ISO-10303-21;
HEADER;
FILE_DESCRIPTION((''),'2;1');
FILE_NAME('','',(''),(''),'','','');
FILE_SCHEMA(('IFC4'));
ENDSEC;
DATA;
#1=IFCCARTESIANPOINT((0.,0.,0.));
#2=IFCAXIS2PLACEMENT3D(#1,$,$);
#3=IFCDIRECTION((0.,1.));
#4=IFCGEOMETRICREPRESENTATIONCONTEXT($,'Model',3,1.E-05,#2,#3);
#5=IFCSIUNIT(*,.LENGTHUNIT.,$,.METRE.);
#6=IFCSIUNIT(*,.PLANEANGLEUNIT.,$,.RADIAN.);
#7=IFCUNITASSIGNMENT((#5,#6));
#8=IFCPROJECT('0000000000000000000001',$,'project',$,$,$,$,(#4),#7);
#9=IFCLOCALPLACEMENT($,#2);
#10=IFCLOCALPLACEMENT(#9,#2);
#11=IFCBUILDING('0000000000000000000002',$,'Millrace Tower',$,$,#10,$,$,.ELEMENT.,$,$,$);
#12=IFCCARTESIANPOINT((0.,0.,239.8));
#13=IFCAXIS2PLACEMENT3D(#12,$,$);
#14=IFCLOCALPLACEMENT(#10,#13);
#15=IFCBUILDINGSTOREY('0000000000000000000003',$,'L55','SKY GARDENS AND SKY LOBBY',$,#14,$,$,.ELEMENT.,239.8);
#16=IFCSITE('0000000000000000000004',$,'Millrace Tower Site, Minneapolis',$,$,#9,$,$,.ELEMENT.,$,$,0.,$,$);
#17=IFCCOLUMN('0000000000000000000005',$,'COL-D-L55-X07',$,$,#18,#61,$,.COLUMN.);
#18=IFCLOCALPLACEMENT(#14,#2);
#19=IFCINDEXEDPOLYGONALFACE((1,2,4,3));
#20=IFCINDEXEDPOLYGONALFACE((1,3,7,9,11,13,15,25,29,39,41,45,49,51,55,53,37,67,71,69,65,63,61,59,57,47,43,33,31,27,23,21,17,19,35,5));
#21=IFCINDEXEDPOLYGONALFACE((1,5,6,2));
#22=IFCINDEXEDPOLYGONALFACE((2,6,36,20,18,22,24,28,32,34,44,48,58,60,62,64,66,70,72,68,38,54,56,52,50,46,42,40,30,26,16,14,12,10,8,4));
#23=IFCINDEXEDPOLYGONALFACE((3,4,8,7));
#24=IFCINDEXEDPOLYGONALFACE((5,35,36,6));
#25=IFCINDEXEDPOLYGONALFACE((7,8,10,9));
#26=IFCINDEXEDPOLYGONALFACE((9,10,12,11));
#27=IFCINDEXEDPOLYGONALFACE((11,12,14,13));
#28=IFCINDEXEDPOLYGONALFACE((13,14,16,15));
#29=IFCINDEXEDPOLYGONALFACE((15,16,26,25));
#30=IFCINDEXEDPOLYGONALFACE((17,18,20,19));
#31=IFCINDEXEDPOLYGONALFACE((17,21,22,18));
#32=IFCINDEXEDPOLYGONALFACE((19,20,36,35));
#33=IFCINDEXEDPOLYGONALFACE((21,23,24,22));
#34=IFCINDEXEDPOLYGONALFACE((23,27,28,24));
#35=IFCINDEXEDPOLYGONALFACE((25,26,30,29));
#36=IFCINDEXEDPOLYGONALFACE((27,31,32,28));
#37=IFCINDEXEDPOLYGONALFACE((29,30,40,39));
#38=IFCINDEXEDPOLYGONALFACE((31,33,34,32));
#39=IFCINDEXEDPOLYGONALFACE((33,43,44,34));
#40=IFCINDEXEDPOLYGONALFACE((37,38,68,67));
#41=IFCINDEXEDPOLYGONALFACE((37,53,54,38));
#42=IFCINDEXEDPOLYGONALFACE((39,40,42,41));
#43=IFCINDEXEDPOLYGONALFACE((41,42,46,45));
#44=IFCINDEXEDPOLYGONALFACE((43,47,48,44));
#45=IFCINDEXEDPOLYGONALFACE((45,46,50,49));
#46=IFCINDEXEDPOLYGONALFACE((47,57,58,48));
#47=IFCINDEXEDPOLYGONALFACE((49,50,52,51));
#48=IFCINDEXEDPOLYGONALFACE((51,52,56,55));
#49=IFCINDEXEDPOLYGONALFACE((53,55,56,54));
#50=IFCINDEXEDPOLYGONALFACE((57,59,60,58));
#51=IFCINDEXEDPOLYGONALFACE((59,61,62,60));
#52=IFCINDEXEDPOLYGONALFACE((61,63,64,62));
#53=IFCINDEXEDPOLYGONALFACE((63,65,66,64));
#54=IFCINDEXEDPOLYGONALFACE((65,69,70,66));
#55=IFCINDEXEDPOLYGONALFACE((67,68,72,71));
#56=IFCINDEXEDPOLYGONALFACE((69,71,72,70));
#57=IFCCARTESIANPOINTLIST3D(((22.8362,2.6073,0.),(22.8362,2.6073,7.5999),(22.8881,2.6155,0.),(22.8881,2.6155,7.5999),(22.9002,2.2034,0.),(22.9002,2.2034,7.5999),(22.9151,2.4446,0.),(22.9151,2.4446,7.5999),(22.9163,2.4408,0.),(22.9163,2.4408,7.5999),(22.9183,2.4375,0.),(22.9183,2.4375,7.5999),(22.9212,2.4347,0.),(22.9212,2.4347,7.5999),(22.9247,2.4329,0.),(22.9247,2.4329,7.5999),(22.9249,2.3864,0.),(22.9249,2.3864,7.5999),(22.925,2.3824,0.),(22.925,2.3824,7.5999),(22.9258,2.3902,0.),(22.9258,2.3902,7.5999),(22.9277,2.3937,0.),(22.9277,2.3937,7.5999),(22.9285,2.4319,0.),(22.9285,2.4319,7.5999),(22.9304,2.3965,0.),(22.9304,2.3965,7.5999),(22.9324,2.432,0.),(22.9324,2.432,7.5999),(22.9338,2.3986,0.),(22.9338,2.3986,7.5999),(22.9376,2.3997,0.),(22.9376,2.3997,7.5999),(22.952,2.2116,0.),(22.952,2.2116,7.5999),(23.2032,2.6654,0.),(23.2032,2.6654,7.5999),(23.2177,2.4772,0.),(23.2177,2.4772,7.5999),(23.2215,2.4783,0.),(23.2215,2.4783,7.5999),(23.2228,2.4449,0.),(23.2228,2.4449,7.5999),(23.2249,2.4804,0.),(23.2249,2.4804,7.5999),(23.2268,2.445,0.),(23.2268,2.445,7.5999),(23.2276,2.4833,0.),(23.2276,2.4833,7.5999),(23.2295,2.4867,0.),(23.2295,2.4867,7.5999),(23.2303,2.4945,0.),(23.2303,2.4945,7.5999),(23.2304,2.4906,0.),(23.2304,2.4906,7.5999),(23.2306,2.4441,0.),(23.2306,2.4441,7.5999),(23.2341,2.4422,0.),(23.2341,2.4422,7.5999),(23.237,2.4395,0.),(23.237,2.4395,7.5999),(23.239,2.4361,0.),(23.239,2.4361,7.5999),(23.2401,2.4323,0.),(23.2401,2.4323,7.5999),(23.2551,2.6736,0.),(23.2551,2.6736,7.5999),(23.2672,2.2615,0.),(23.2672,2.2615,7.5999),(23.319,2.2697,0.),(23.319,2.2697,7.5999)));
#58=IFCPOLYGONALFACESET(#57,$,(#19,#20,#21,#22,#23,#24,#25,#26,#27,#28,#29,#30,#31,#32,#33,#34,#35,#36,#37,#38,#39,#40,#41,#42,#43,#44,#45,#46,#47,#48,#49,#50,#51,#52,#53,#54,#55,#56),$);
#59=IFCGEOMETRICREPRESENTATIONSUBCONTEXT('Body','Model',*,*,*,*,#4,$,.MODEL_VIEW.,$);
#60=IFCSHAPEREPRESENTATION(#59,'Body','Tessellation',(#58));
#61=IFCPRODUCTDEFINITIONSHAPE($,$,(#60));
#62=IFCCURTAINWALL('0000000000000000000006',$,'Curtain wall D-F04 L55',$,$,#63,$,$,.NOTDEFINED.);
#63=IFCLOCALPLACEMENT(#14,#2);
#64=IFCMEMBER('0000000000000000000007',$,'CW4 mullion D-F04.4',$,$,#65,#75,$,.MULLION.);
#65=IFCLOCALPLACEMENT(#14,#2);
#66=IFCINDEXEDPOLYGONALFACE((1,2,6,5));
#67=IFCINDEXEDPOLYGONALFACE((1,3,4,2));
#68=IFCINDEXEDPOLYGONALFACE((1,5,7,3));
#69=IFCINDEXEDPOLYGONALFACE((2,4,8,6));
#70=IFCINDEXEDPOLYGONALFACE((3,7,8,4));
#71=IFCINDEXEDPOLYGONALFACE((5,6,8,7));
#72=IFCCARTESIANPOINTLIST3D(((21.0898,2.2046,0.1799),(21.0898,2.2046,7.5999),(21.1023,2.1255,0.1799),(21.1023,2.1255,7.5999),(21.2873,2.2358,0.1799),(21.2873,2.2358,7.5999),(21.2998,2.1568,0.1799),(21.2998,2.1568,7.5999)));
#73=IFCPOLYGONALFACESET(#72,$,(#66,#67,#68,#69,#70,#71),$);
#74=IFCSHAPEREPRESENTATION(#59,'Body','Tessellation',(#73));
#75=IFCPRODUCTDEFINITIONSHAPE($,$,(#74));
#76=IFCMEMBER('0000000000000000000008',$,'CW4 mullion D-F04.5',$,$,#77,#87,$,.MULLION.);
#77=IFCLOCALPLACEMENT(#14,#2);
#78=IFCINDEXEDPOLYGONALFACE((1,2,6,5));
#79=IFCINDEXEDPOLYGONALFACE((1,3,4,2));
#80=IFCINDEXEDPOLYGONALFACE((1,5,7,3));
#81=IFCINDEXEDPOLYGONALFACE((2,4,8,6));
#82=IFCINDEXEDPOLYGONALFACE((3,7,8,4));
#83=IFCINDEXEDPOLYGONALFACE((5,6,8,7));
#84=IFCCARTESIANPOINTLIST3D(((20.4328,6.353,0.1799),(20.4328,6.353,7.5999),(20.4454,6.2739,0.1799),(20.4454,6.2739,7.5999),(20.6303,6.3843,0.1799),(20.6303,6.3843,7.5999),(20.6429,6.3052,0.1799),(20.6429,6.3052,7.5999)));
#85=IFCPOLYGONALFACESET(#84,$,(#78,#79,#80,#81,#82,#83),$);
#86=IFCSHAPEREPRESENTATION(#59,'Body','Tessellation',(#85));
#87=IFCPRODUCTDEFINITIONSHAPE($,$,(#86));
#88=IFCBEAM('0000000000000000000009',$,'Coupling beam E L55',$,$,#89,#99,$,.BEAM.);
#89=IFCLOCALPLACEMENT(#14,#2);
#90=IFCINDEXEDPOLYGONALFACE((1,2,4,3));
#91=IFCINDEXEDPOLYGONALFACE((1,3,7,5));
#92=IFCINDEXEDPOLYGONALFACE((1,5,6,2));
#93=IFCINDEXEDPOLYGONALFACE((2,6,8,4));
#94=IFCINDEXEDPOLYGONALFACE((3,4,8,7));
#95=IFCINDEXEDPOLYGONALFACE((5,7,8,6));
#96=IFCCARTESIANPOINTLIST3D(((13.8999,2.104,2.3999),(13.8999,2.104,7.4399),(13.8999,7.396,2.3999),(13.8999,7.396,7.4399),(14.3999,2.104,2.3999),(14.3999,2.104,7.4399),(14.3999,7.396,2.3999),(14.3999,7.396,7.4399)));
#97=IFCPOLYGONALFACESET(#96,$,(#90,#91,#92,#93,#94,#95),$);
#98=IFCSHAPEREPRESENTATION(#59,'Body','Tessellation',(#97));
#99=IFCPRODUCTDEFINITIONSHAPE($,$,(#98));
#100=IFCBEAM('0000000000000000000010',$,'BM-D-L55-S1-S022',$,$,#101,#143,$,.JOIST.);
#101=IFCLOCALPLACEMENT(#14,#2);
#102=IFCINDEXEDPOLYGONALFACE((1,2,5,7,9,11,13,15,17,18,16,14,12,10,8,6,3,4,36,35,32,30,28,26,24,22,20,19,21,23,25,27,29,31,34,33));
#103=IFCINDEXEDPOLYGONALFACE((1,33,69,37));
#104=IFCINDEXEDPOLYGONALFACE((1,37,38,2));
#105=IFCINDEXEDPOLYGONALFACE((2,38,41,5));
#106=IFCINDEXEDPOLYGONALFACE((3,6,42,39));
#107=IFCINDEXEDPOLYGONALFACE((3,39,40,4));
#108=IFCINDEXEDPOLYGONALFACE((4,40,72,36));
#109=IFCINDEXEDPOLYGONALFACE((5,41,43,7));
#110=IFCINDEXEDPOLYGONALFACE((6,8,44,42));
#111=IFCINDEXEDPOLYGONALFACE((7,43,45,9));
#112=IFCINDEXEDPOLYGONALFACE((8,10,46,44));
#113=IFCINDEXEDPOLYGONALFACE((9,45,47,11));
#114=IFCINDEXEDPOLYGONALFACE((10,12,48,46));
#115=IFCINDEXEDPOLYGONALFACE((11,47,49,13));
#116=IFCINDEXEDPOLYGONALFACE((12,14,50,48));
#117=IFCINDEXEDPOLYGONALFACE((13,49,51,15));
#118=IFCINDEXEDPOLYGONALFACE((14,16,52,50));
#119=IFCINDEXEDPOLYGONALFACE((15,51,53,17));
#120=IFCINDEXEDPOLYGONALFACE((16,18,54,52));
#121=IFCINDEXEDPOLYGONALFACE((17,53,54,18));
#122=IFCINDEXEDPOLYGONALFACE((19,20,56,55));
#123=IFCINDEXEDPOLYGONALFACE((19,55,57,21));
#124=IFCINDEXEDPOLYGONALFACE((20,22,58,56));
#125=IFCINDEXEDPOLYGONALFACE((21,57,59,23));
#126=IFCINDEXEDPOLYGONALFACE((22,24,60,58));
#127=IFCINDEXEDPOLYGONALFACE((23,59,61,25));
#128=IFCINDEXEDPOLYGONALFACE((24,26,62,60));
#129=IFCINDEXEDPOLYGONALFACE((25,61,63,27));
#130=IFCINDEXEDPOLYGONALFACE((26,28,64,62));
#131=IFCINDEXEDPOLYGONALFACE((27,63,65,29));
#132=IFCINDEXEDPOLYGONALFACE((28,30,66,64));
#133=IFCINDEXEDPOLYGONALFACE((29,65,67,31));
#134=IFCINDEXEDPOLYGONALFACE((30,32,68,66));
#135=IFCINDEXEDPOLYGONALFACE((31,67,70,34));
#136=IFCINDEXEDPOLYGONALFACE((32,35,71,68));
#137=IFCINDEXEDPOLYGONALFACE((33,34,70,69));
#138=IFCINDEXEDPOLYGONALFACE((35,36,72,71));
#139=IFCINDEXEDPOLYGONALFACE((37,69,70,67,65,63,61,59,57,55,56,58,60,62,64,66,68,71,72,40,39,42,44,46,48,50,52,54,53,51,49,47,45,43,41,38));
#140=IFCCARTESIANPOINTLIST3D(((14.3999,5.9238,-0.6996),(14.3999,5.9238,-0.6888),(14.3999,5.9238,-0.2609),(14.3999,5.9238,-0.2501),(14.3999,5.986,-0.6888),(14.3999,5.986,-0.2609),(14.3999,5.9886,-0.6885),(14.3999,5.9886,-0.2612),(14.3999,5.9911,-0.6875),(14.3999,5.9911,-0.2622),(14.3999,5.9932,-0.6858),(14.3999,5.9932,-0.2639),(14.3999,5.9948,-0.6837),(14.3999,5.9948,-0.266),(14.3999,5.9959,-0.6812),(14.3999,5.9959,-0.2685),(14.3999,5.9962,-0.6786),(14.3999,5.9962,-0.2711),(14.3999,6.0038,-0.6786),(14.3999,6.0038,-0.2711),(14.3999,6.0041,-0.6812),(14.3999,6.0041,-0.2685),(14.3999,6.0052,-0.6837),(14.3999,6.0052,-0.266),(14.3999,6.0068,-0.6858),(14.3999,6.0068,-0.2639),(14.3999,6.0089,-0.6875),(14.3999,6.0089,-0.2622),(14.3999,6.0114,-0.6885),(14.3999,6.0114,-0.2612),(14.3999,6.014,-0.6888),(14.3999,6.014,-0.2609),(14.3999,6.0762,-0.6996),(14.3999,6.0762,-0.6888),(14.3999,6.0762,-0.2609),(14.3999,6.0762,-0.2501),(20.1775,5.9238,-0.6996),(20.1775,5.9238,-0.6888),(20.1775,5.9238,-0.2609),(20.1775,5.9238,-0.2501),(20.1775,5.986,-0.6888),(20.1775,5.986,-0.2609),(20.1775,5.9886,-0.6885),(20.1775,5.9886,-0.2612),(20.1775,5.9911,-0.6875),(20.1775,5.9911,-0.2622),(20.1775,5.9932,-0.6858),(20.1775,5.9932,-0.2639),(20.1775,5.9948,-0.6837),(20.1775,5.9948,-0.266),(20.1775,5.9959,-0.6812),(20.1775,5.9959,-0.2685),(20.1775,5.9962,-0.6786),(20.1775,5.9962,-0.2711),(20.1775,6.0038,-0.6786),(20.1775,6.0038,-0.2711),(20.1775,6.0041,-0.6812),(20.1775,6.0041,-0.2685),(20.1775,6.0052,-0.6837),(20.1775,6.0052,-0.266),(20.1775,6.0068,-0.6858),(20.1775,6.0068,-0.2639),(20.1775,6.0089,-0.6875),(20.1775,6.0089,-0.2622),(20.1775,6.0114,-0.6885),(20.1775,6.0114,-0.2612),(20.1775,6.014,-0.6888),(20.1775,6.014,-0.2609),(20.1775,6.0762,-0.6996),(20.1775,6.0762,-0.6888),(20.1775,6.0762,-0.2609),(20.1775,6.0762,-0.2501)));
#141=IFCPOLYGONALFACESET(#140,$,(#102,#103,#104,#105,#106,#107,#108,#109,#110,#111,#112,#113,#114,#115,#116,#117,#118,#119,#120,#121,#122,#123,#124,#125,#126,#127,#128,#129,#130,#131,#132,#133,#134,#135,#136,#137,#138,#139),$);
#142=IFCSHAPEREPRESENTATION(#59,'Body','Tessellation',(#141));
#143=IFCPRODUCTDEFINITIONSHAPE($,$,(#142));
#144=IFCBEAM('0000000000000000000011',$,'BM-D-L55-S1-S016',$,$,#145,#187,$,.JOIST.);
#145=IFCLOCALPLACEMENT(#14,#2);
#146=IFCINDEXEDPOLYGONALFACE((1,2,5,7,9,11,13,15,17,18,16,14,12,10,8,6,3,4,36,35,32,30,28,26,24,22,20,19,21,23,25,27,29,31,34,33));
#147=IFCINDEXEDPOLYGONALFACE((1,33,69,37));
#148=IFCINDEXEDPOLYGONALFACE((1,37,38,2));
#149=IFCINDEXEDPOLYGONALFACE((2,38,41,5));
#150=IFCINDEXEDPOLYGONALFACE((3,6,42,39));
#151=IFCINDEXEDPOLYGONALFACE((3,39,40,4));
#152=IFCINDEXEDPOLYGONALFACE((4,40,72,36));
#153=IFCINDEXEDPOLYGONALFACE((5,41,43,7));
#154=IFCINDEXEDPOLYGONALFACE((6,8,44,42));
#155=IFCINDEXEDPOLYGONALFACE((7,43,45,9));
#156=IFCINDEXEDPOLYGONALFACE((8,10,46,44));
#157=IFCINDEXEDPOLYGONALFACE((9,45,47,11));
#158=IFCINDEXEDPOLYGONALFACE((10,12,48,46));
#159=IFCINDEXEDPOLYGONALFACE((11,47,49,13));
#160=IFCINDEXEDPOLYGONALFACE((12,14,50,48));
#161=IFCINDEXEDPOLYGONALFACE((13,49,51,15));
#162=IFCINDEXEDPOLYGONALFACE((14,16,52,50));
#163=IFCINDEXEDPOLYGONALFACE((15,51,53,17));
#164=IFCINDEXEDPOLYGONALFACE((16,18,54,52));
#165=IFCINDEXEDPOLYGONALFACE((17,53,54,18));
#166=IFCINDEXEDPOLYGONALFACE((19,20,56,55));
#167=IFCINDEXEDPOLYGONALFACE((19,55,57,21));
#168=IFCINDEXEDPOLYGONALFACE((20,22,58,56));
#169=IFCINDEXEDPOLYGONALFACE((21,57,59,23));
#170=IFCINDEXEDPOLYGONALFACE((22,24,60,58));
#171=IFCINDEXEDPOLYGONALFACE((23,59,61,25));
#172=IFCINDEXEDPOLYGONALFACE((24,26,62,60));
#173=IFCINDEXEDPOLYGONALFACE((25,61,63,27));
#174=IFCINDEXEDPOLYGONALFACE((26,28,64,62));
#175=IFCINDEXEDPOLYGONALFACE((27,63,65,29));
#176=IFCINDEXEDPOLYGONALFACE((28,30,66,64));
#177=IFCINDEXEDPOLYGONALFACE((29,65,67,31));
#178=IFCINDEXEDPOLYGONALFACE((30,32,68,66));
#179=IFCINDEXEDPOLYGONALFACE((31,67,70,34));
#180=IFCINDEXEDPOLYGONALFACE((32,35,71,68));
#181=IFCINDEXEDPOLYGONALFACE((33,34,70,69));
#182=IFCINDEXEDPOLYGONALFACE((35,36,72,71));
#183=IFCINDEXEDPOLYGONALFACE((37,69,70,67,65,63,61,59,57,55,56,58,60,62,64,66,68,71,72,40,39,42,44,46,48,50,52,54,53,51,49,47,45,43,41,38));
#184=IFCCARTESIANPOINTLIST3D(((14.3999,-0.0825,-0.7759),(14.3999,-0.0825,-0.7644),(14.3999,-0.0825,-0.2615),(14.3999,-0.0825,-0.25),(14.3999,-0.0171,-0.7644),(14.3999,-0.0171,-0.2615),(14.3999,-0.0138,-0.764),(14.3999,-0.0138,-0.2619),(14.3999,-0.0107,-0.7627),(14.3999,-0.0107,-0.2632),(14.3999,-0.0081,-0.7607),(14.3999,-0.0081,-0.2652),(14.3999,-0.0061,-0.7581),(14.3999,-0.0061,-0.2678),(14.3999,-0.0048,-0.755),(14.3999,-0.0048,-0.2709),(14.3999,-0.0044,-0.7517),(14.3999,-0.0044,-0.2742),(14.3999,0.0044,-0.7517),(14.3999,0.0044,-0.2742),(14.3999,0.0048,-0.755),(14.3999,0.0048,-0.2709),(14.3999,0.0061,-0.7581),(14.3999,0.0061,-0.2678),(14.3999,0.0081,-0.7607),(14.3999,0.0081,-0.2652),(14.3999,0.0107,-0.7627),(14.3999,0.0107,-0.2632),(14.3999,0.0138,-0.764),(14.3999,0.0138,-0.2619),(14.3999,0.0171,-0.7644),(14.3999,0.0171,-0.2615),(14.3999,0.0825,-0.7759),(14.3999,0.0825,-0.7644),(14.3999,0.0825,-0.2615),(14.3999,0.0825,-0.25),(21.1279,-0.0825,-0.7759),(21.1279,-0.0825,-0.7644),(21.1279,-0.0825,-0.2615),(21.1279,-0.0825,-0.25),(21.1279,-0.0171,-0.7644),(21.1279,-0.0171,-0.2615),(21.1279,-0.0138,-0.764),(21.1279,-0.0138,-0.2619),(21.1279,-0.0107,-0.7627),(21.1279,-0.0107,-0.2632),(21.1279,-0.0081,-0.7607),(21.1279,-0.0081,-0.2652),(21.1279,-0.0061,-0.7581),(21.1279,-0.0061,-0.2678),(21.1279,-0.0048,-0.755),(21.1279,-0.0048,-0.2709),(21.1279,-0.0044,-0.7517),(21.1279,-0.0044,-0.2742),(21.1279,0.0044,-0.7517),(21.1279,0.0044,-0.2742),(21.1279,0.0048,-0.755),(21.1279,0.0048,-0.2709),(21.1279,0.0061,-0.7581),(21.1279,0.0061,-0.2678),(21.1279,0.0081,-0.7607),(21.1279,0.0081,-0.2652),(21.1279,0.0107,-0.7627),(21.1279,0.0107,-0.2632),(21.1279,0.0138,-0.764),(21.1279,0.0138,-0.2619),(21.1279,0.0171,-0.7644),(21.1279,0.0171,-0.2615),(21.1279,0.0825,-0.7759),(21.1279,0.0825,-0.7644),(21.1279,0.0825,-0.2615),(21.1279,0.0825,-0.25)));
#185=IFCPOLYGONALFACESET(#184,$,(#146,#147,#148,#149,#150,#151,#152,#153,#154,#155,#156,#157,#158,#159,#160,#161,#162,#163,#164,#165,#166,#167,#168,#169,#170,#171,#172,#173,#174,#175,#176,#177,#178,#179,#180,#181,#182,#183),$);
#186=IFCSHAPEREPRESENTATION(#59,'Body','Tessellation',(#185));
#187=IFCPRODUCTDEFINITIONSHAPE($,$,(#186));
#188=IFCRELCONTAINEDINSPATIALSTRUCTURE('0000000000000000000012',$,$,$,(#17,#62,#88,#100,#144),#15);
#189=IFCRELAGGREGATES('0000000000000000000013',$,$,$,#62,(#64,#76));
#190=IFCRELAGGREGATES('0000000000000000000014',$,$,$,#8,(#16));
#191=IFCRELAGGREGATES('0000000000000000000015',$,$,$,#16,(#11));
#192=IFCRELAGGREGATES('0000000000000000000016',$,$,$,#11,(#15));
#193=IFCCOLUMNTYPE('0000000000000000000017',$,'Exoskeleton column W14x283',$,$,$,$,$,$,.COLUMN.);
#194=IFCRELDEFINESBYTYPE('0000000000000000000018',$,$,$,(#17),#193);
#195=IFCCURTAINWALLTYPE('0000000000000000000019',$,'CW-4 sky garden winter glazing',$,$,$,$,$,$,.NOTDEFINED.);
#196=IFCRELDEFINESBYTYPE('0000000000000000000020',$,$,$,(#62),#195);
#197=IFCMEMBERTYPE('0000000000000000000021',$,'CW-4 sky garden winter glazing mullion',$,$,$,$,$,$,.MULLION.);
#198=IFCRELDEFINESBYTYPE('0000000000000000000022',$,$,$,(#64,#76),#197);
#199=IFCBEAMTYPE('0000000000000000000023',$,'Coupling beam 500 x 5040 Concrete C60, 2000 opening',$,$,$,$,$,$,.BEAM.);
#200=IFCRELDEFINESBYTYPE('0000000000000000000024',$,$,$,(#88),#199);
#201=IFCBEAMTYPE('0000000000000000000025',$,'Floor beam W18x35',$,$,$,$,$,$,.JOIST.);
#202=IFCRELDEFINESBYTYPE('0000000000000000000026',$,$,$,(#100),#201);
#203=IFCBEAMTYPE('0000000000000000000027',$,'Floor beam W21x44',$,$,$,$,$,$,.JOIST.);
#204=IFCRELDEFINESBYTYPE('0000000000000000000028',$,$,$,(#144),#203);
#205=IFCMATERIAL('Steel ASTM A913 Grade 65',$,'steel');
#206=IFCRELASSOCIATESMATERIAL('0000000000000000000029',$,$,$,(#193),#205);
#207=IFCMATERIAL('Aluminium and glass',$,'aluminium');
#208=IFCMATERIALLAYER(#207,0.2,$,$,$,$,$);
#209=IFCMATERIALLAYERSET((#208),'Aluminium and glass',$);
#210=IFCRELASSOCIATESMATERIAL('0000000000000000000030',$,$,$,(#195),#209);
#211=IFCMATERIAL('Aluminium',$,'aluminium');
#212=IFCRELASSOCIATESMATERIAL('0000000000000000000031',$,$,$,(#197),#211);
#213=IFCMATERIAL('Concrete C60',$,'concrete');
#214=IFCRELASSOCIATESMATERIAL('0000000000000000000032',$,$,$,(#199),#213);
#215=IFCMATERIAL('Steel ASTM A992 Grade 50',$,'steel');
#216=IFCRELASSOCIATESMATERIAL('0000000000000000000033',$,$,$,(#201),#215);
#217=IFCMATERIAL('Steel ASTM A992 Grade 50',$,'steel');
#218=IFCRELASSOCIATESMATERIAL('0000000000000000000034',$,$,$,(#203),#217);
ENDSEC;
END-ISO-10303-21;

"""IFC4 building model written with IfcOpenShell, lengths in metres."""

from ifc_helpers import new_model, si_unit, direction, frame, origin, origin_2d, place, context, subcontext, project, spatial, rectangle, i_section, extrude, material, layer, layer_set, material_profile, profile_set, type_object, element, aggregate, save


model = new_model("IFC4")

# Units and contexts
model_context = context("Model", 3, precision=1e-05, world=origin(), true_north=direction((0.0, 1.0)))
body_context = subcontext(model_context, "Body", "Model", "MODEL_VIEW")
ifc_project = project(units=[si_unit("LENGTHUNIT", "METRE"), si_unit("PLANEANGLEUNIT", "RADIAN")], contexts=[model_context])

# Site, building, storey
site_placement = place(None, origin())
site = spatial("IfcSite", under=ifc_project, at=site_placement, Name="Millrace Tower Site, Minneapolis", CompositionType="ELEMENT", RefElevation=0.0)
building_placement = place(site_placement, origin())
building = spatial("IfcBuilding", under=site, at=building_placement, Name="Millrace Tower", CompositionType="ELEMENT")
storey_placement = place(building_placement, frame((0.0, 0.0, 239.8)))
storey = spatial("IfcBuildingStorey", under=building, at=storey_placement, Name="L55", Description="SKY GARDENS AND SKY LOBBY", CompositionType="ELEMENT", Elevation=239.8)

# Column
ifc_material_1 = material(Name="Steel ASTM A913 Grade 65", Category="steel")
ifc_material_profile_1 = material_profile(ifc_material_1, i_section(OverallWidth=0.4089, OverallDepth=0.4241, WebThickness=0.0327, FlangeThickness=0.0525, FilletRadius=0.0151, at=origin_2d()))
ifc_profile_set_1 = profile_set([ifc_material_profile_1], Name="Steel ASTM A913 Grade 65")
column_type = type_object("IfcColumnType", Name="Exoskeleton column W14x283", PredefinedType="COLUMN", material=ifc_profile_set_1)
column_placement = place(storey_placement, frame((23.0776, 2.4385, 0.0), z_axis=(0.0, 0.0, 1.0), x_axis=(-0.156434, 0.987688, 0.0)))
element("IfcColumn", 1, at=column_placement, inside=storey, type_object=column_type, Name="COL-D-L55-X07", PredefinedType="COLUMN", context=body_context, shape_type="SweptSolid", body=[
    extrude(i_section(OverallWidth=0.4089, OverallDepth=0.4241, WebThickness=0.0327, FlangeThickness=0.0525, FilletRadius=0.0151, at=origin_2d()), origin(), (0.0, 0.0, 1.0), 7.5999),
])

# Curtain wall, members
ifc_material_2 = material(Name="Aluminium and glass", Category="aluminium")
ifc_layer_1 = layer(ifc_material_2, 0.2)
ifc_layer_set_1 = layer_set([ifc_layer_1], Name="Aluminium and glass")
curtain_wall_type = type_object("IfcCurtainWallType", Name="CW-4 sky garden winter glazing", PredefinedType="NOTDEFINED", material=ifc_layer_set_1)
curtain_wall_placement = place(storey_placement, origin())
curtain_wall = element("IfcCurtainWall", 2, at=curtain_wall_placement, inside=storey, type_object=curtain_wall_type, Name="Curtain wall D-F04 L55", PredefinedType="NOTDEFINED")
ifc_material_3 = material(Name="Aluminium", Category="aluminium")
ifc_material_profile_2 = material_profile(ifc_material_3, rectangle(XDim=0.0801, YDim=0.2, at=origin_2d()))
ifc_profile_set_2 = profile_set([ifc_material_profile_2], Name="Aluminium")
member_type = type_object("IfcMemberType", Name="CW-4 sky garden winter glazing mullion", PredefinedType="MULLION", material=ifc_profile_set_2)
member_1_placement = place(storey_placement, frame((21.1948, 2.1807, 0.1799), z_axis=(0.0, 0.0, 1.0), x_axis=(-0.156434, 0.987688, 0.0)))
member_1 = element("IfcMember", 3, at=member_1_placement, type_object=member_type, Name="CW4 mullion D-F04.4", PredefinedType="MULLION", context=body_context, shape_type="SweptSolid", body=[
    extrude(rectangle(XDim=0.0801, YDim=0.2, at=origin_2d()), origin(), (0.0, 0.0, 1.0), 7.4199),
])
member_2_placement = place(storey_placement, frame((20.5378, 6.3291, 0.1799), z_axis=(0.0, 0.0, 1.0), x_axis=(-0.156434, 0.987688, 0.0)))
member_2 = element("IfcMember", 4, at=member_2_placement, type_object=member_type, Name="CW4 mullion D-F04.5", PredefinedType="MULLION", context=body_context, shape_type="SweptSolid", body=[
    extrude(rectangle(XDim=0.0801, YDim=0.2, at=origin_2d()), origin(), (0.0, 0.0, 1.0), 7.4199),
])
aggregate(curtain_wall, [member_1, member_2])

# Beams
ifc_material_4 = material(Name="Concrete C60", Category="concrete")
ifc_material_profile_3 = material_profile(ifc_material_4, rectangle(XDim=0.5, YDim=5.04, at=origin_2d()))
ifc_profile_set_3 = profile_set([ifc_material_profile_3], Name="Concrete C60")
beam_type_1 = type_object("IfcBeamType", Name="Coupling beam 500 x 5040 Concrete C60, 2000 opening", PredefinedType="BEAM", material=ifc_profile_set_3)
beam_1_placement = place(storey_placement, frame((14.1499, 7.396, 4.9199), z_axis=(0.0, -1.0, 0.0), x_axis=(1.0, 0.0, 0.0)))
element("IfcBeam", 5, at=beam_1_placement, inside=storey, type_object=beam_type_1, Name="Coupling beam E L55", PredefinedType="BEAM", context=body_context, shape_type="SweptSolid", body=[
    extrude(rectangle(XDim=0.5, YDim=5.04, at=origin_2d()), origin(), (0.0, 0.0, 1.0), 5.292),
])
ifc_material_5 = material(Name="Steel ASTM A992 Grade 50", Category="steel")
ifc_material_profile_4 = material_profile(ifc_material_5, i_section(OverallWidth=0.1523, OverallDepth=0.4495, WebThickness=0.0076, FlangeThickness=0.0107, FilletRadius=0.0103, at=origin_2d()))
ifc_profile_set_4 = profile_set([ifc_material_profile_4], Name="Steel ASTM A992 Grade 50")
beam_type_2 = type_object("IfcBeamType", Name="Floor beam W18x35", PredefinedType="JOIST", material=ifc_profile_set_4)
beam_2_placement = place(storey_placement, frame((14.3999, 6.0, -0.4749), z_axis=(1.0, 0.0, 0.0), x_axis=(0.0, 1.0, 0.0)))
element("IfcBeam", 6, at=beam_2_placement, inside=storey, type_object=beam_type_2, Name="BM-D-L55-S1-S022", PredefinedType="JOIST", context=body_context, shape_type="SweptSolid", body=[
    extrude(i_section(OverallWidth=0.1523, OverallDepth=0.4495, WebThickness=0.0076, FlangeThickness=0.0107, FilletRadius=0.0103, at=origin_2d()), origin(), (0.0, 0.0, 1.0), 5.7776),
])
ifc_material_6 = material(Name="Steel ASTM A992 Grade 50", Category="steel")
ifc_material_profile_5 = material_profile(ifc_material_6, i_section(OverallWidth=0.165, OverallDepth=0.5259, WebThickness=0.0088, FlangeThickness=0.0115, FilletRadius=0.0127, at=origin_2d()))
ifc_profile_set_5 = profile_set([ifc_material_profile_5], Name="Steel ASTM A992 Grade 50")
beam_type_3 = type_object("IfcBeamType", Name="Floor beam W21x44", PredefinedType="JOIST", material=ifc_profile_set_5)
beam_3_placement = place(storey_placement, frame((14.3999, 0.0, -0.5129), z_axis=(1.0, 0.0, 0.0), x_axis=(0.0, 1.0, 0.0)))
element("IfcBeam", 7, at=beam_3_placement, inside=storey, type_object=beam_type_3, Name="BM-D-L55-S1-S016", PredefinedType="JOIST", context=body_context, shape_type="SweptSolid", body=[
    extrude(i_section(OverallWidth=0.165, OverallDepth=0.5259, WebThickness=0.0088, FlangeThickness=0.0115, FilletRadius=0.0127, at=origin_2d()), origin(), (0.0, 0.0, 1.0), 6.728),
])

save(model, "model.ifc")
